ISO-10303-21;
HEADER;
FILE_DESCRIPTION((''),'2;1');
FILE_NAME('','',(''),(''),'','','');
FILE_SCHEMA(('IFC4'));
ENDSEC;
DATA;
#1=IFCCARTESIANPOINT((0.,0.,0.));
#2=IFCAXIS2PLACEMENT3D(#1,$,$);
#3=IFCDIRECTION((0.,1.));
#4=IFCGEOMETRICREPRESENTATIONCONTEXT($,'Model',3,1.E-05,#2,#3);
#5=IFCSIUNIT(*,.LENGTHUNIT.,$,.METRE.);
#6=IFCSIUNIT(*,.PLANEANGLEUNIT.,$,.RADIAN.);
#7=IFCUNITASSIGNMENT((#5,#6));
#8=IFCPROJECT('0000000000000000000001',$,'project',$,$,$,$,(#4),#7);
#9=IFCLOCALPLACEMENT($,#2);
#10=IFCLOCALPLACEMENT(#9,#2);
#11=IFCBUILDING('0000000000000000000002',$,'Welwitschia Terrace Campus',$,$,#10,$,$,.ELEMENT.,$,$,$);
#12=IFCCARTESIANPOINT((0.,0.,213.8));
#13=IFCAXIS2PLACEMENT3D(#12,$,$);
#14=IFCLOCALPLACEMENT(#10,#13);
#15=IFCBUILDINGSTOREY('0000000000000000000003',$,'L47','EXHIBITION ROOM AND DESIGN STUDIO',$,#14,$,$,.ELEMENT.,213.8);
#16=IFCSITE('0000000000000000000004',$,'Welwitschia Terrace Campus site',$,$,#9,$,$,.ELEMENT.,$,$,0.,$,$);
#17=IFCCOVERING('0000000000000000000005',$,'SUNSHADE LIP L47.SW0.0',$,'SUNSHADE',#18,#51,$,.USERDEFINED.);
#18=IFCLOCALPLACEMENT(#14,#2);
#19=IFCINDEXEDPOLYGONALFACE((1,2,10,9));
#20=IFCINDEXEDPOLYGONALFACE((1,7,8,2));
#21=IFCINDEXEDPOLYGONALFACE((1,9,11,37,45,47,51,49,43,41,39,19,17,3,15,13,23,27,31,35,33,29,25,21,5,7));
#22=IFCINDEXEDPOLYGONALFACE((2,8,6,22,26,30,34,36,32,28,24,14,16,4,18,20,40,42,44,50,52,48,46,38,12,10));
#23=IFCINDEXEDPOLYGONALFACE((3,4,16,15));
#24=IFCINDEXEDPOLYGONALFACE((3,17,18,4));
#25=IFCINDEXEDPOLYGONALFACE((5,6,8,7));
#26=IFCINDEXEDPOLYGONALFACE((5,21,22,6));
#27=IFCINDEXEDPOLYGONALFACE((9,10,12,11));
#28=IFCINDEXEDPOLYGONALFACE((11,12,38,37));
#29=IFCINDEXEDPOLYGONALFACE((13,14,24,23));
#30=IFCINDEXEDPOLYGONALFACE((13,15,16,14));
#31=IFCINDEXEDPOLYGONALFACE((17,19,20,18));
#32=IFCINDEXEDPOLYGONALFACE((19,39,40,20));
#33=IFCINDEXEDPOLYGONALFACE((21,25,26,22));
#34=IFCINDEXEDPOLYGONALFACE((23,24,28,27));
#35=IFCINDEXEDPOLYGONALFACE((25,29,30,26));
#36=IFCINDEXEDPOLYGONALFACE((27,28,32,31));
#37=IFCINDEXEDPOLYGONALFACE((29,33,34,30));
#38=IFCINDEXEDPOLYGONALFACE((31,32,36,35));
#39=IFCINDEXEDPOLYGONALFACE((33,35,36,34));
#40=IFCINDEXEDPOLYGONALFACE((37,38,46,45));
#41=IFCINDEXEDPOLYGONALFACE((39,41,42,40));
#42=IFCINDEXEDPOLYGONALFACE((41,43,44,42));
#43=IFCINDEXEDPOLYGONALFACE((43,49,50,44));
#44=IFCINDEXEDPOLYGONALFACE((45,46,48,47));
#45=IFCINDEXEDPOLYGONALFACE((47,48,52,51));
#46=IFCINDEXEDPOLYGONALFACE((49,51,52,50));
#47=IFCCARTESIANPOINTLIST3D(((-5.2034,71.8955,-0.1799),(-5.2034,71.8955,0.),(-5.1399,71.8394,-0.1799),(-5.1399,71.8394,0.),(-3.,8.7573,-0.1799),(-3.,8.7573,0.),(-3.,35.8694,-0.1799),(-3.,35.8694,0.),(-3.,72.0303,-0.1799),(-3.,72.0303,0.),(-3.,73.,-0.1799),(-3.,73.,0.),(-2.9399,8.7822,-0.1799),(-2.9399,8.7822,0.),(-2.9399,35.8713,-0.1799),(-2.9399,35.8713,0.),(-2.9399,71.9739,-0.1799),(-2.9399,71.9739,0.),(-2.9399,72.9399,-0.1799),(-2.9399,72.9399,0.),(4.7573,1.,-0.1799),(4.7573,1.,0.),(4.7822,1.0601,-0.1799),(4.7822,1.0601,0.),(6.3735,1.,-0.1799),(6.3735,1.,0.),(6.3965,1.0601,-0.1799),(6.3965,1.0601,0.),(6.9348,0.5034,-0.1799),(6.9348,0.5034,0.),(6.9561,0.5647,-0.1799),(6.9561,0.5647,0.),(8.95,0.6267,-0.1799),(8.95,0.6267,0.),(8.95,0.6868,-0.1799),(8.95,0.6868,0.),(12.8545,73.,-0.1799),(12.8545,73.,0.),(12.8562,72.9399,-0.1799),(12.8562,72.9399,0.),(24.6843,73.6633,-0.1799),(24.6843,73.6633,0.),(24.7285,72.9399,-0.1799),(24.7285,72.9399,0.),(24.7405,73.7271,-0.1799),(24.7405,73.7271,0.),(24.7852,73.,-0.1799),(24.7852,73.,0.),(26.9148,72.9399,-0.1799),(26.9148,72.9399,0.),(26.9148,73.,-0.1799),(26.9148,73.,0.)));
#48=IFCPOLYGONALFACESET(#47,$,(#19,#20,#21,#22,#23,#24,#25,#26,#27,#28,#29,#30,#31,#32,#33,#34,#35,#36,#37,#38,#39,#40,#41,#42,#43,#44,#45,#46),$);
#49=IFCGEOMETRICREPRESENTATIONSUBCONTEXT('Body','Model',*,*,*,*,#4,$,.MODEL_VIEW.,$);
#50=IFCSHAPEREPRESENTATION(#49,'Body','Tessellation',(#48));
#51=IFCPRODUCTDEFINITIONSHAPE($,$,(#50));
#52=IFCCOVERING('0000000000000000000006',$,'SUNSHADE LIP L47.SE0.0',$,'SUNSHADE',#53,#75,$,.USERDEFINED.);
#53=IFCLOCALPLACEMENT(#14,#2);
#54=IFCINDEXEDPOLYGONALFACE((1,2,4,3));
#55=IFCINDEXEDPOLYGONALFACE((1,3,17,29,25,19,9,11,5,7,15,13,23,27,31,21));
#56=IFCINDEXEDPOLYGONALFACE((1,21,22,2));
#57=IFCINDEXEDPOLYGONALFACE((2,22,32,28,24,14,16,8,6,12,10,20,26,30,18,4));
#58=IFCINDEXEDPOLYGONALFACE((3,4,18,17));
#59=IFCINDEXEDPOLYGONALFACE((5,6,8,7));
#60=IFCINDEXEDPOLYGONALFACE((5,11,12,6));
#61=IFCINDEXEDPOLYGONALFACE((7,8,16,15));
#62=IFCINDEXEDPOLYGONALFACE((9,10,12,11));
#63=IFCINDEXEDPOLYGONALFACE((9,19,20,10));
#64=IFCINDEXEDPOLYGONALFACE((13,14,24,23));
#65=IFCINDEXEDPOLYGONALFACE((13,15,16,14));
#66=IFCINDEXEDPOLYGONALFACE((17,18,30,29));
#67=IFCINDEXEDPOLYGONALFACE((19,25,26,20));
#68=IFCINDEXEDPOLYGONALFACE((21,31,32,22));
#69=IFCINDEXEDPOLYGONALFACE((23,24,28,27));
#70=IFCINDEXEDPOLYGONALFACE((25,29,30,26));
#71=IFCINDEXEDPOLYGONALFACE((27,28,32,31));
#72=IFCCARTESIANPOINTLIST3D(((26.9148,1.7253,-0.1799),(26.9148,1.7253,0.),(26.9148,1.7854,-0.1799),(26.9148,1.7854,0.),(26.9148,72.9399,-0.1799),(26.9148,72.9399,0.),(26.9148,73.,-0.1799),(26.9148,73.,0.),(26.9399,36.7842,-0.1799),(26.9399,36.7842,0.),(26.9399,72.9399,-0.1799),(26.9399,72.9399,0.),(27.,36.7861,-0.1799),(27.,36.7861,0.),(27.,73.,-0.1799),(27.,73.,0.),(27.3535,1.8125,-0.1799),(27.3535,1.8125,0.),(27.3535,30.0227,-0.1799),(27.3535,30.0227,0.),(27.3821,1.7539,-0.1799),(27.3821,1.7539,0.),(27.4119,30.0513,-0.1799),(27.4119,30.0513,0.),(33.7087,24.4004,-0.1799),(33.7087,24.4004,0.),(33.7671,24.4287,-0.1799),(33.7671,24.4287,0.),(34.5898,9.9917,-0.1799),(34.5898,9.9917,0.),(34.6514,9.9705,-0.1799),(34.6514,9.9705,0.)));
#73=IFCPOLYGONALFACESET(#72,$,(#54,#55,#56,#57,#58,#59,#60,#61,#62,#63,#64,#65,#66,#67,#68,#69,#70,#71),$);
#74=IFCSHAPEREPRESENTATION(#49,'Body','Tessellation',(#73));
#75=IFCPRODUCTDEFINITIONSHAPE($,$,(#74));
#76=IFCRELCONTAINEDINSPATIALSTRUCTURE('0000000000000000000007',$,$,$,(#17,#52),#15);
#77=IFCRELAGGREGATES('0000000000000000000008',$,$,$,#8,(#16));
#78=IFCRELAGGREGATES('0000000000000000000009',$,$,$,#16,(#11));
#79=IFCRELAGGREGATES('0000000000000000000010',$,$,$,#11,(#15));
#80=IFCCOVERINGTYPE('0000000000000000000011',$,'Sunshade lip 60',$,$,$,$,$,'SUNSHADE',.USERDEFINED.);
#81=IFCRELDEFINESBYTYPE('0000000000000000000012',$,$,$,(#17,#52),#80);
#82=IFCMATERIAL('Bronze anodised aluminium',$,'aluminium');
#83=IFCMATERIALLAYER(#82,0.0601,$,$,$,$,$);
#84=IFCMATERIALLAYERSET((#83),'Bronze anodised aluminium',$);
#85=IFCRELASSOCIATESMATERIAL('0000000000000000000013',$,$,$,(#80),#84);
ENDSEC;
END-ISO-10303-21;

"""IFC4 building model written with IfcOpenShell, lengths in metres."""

from ifc_helpers import new_model, si_unit, direction, frame, origin, place, context, subcontext, project, spatial, polyline, outline, extrude, material, layer, layer_set, type_object, element, save


model = new_model("IFC4")

# Units and contexts
model_context = context("Model", 3, precision=1e-05, world=origin(), true_north=direction((0.0, 1.0)))
body_context = subcontext(model_context, "Body", "Model", "MODEL_VIEW")
ifc_project = project(units=[si_unit("LENGTHUNIT", "METRE"), si_unit("PLANEANGLEUNIT", "RADIAN")], contexts=[model_context])

# Site, building, storey
site_placement = place(None, origin())
site = spatial("IfcSite", under=ifc_project, at=site_placement, Name="Welwitschia Terrace Campus site", CompositionType="ELEMENT", RefElevation=0.0)
building_placement = place(site_placement, origin())
building = spatial("IfcBuilding", under=site, at=building_placement, Name="Welwitschia Terrace Campus", CompositionType="ELEMENT")
storey_placement = place(building_placement, frame((0.0, 0.0, 213.8)))
storey = spatial("IfcBuildingStorey", under=building, at=storey_placement, Name="L47", Description="EXHIBITION ROOM AND DESIGN STUDIO", CompositionType="ELEMENT", Elevation=213.8)

# Coverings
ifc_material_1 = material(Name="Bronze anodised aluminium", Category="aluminium")
ifc_layer_1 = layer(ifc_material_1, 0.0601)
ifc_layer_set_1 = layer_set([ifc_layer_1], Name="Bronze anodised aluminium")
covering_type_1 = type_object("IfcCoveringType", Name="Sunshade lip 60", ElementType="SUNSHADE", PredefinedType="USERDEFINED", material=ifc_layer_set_1)
covering_1_placement = place(storey_placement, frame((0.0, 0.0, -0.1799)))
element("IfcCovering", 1, at=covering_1_placement, inside=storey, type_object=covering_type_1, Name="SUNSHADE LIP L47.SW0.0", ObjectType="SUNSHADE", PredefinedType="USERDEFINED", context=body_context, shape_type="SweptSolid", body=[
    extrude(outline(polyline([(12.8545, 73.0), (24.7405, 73.7271), (24.7852, 73.0), (26.9148, 73.0), (26.9148, 72.9399), (24.7285, 72.9399), (24.6843, 73.6633), (12.8562, 72.9399), (-2.9399, 72.9399), (-2.9399, 71.9739), (-5.1399, 71.8394), (-2.9399, 35.8713), (-2.9399, 8.7822), (4.7822, 1.0601), (6.3965, 1.0601), (6.9561, 0.5647), (8.95, 0.6868), (8.95, 0.6267), (6.9348, 0.5034), (6.3735, 1.0), (4.7573, 1.0), (-3.0, 8.7573), (-3.0, 35.8694), (-5.2034, 71.8955), (-3.0, 72.0303), (-3.0, 73.0), (12.8545, 73.0)])), origin(), (0.0, 0.0, 1.0), 0.1799),
])
covering_2_placement = place(storey_placement, frame((0.0, 0.0, -0.1799)))
element("IfcCovering", 2, at=covering_2_placement, inside=storey, type_object=covering_type_1, Name="SUNSHADE LIP L47.SE0.0", ObjectType="SUNSHADE", PredefinedType="USERDEFINED", context=body_context, shape_type="SweptSolid", body=[
    extrude(outline(polyline([(27.0, 36.7861), (27.4119, 30.0513), (33.7671, 24.4287), (34.6514, 9.9705), (27.3821, 1.7539), (26.9148, 1.7253), (26.9148, 1.7854), (27.3535, 1.8125), (34.5898, 9.9917), (33.7087, 24.4004), (27.3535, 30.0227), (26.9399, 36.7842), (26.9399, 72.9399), (26.9148, 72.9399), (26.9148, 73.0), (27.0, 73.0), (27.0, 36.7861)])), origin(), (0.0, 0.0, 1.0), 0.1799),
])

save(model, "model.ifc")
